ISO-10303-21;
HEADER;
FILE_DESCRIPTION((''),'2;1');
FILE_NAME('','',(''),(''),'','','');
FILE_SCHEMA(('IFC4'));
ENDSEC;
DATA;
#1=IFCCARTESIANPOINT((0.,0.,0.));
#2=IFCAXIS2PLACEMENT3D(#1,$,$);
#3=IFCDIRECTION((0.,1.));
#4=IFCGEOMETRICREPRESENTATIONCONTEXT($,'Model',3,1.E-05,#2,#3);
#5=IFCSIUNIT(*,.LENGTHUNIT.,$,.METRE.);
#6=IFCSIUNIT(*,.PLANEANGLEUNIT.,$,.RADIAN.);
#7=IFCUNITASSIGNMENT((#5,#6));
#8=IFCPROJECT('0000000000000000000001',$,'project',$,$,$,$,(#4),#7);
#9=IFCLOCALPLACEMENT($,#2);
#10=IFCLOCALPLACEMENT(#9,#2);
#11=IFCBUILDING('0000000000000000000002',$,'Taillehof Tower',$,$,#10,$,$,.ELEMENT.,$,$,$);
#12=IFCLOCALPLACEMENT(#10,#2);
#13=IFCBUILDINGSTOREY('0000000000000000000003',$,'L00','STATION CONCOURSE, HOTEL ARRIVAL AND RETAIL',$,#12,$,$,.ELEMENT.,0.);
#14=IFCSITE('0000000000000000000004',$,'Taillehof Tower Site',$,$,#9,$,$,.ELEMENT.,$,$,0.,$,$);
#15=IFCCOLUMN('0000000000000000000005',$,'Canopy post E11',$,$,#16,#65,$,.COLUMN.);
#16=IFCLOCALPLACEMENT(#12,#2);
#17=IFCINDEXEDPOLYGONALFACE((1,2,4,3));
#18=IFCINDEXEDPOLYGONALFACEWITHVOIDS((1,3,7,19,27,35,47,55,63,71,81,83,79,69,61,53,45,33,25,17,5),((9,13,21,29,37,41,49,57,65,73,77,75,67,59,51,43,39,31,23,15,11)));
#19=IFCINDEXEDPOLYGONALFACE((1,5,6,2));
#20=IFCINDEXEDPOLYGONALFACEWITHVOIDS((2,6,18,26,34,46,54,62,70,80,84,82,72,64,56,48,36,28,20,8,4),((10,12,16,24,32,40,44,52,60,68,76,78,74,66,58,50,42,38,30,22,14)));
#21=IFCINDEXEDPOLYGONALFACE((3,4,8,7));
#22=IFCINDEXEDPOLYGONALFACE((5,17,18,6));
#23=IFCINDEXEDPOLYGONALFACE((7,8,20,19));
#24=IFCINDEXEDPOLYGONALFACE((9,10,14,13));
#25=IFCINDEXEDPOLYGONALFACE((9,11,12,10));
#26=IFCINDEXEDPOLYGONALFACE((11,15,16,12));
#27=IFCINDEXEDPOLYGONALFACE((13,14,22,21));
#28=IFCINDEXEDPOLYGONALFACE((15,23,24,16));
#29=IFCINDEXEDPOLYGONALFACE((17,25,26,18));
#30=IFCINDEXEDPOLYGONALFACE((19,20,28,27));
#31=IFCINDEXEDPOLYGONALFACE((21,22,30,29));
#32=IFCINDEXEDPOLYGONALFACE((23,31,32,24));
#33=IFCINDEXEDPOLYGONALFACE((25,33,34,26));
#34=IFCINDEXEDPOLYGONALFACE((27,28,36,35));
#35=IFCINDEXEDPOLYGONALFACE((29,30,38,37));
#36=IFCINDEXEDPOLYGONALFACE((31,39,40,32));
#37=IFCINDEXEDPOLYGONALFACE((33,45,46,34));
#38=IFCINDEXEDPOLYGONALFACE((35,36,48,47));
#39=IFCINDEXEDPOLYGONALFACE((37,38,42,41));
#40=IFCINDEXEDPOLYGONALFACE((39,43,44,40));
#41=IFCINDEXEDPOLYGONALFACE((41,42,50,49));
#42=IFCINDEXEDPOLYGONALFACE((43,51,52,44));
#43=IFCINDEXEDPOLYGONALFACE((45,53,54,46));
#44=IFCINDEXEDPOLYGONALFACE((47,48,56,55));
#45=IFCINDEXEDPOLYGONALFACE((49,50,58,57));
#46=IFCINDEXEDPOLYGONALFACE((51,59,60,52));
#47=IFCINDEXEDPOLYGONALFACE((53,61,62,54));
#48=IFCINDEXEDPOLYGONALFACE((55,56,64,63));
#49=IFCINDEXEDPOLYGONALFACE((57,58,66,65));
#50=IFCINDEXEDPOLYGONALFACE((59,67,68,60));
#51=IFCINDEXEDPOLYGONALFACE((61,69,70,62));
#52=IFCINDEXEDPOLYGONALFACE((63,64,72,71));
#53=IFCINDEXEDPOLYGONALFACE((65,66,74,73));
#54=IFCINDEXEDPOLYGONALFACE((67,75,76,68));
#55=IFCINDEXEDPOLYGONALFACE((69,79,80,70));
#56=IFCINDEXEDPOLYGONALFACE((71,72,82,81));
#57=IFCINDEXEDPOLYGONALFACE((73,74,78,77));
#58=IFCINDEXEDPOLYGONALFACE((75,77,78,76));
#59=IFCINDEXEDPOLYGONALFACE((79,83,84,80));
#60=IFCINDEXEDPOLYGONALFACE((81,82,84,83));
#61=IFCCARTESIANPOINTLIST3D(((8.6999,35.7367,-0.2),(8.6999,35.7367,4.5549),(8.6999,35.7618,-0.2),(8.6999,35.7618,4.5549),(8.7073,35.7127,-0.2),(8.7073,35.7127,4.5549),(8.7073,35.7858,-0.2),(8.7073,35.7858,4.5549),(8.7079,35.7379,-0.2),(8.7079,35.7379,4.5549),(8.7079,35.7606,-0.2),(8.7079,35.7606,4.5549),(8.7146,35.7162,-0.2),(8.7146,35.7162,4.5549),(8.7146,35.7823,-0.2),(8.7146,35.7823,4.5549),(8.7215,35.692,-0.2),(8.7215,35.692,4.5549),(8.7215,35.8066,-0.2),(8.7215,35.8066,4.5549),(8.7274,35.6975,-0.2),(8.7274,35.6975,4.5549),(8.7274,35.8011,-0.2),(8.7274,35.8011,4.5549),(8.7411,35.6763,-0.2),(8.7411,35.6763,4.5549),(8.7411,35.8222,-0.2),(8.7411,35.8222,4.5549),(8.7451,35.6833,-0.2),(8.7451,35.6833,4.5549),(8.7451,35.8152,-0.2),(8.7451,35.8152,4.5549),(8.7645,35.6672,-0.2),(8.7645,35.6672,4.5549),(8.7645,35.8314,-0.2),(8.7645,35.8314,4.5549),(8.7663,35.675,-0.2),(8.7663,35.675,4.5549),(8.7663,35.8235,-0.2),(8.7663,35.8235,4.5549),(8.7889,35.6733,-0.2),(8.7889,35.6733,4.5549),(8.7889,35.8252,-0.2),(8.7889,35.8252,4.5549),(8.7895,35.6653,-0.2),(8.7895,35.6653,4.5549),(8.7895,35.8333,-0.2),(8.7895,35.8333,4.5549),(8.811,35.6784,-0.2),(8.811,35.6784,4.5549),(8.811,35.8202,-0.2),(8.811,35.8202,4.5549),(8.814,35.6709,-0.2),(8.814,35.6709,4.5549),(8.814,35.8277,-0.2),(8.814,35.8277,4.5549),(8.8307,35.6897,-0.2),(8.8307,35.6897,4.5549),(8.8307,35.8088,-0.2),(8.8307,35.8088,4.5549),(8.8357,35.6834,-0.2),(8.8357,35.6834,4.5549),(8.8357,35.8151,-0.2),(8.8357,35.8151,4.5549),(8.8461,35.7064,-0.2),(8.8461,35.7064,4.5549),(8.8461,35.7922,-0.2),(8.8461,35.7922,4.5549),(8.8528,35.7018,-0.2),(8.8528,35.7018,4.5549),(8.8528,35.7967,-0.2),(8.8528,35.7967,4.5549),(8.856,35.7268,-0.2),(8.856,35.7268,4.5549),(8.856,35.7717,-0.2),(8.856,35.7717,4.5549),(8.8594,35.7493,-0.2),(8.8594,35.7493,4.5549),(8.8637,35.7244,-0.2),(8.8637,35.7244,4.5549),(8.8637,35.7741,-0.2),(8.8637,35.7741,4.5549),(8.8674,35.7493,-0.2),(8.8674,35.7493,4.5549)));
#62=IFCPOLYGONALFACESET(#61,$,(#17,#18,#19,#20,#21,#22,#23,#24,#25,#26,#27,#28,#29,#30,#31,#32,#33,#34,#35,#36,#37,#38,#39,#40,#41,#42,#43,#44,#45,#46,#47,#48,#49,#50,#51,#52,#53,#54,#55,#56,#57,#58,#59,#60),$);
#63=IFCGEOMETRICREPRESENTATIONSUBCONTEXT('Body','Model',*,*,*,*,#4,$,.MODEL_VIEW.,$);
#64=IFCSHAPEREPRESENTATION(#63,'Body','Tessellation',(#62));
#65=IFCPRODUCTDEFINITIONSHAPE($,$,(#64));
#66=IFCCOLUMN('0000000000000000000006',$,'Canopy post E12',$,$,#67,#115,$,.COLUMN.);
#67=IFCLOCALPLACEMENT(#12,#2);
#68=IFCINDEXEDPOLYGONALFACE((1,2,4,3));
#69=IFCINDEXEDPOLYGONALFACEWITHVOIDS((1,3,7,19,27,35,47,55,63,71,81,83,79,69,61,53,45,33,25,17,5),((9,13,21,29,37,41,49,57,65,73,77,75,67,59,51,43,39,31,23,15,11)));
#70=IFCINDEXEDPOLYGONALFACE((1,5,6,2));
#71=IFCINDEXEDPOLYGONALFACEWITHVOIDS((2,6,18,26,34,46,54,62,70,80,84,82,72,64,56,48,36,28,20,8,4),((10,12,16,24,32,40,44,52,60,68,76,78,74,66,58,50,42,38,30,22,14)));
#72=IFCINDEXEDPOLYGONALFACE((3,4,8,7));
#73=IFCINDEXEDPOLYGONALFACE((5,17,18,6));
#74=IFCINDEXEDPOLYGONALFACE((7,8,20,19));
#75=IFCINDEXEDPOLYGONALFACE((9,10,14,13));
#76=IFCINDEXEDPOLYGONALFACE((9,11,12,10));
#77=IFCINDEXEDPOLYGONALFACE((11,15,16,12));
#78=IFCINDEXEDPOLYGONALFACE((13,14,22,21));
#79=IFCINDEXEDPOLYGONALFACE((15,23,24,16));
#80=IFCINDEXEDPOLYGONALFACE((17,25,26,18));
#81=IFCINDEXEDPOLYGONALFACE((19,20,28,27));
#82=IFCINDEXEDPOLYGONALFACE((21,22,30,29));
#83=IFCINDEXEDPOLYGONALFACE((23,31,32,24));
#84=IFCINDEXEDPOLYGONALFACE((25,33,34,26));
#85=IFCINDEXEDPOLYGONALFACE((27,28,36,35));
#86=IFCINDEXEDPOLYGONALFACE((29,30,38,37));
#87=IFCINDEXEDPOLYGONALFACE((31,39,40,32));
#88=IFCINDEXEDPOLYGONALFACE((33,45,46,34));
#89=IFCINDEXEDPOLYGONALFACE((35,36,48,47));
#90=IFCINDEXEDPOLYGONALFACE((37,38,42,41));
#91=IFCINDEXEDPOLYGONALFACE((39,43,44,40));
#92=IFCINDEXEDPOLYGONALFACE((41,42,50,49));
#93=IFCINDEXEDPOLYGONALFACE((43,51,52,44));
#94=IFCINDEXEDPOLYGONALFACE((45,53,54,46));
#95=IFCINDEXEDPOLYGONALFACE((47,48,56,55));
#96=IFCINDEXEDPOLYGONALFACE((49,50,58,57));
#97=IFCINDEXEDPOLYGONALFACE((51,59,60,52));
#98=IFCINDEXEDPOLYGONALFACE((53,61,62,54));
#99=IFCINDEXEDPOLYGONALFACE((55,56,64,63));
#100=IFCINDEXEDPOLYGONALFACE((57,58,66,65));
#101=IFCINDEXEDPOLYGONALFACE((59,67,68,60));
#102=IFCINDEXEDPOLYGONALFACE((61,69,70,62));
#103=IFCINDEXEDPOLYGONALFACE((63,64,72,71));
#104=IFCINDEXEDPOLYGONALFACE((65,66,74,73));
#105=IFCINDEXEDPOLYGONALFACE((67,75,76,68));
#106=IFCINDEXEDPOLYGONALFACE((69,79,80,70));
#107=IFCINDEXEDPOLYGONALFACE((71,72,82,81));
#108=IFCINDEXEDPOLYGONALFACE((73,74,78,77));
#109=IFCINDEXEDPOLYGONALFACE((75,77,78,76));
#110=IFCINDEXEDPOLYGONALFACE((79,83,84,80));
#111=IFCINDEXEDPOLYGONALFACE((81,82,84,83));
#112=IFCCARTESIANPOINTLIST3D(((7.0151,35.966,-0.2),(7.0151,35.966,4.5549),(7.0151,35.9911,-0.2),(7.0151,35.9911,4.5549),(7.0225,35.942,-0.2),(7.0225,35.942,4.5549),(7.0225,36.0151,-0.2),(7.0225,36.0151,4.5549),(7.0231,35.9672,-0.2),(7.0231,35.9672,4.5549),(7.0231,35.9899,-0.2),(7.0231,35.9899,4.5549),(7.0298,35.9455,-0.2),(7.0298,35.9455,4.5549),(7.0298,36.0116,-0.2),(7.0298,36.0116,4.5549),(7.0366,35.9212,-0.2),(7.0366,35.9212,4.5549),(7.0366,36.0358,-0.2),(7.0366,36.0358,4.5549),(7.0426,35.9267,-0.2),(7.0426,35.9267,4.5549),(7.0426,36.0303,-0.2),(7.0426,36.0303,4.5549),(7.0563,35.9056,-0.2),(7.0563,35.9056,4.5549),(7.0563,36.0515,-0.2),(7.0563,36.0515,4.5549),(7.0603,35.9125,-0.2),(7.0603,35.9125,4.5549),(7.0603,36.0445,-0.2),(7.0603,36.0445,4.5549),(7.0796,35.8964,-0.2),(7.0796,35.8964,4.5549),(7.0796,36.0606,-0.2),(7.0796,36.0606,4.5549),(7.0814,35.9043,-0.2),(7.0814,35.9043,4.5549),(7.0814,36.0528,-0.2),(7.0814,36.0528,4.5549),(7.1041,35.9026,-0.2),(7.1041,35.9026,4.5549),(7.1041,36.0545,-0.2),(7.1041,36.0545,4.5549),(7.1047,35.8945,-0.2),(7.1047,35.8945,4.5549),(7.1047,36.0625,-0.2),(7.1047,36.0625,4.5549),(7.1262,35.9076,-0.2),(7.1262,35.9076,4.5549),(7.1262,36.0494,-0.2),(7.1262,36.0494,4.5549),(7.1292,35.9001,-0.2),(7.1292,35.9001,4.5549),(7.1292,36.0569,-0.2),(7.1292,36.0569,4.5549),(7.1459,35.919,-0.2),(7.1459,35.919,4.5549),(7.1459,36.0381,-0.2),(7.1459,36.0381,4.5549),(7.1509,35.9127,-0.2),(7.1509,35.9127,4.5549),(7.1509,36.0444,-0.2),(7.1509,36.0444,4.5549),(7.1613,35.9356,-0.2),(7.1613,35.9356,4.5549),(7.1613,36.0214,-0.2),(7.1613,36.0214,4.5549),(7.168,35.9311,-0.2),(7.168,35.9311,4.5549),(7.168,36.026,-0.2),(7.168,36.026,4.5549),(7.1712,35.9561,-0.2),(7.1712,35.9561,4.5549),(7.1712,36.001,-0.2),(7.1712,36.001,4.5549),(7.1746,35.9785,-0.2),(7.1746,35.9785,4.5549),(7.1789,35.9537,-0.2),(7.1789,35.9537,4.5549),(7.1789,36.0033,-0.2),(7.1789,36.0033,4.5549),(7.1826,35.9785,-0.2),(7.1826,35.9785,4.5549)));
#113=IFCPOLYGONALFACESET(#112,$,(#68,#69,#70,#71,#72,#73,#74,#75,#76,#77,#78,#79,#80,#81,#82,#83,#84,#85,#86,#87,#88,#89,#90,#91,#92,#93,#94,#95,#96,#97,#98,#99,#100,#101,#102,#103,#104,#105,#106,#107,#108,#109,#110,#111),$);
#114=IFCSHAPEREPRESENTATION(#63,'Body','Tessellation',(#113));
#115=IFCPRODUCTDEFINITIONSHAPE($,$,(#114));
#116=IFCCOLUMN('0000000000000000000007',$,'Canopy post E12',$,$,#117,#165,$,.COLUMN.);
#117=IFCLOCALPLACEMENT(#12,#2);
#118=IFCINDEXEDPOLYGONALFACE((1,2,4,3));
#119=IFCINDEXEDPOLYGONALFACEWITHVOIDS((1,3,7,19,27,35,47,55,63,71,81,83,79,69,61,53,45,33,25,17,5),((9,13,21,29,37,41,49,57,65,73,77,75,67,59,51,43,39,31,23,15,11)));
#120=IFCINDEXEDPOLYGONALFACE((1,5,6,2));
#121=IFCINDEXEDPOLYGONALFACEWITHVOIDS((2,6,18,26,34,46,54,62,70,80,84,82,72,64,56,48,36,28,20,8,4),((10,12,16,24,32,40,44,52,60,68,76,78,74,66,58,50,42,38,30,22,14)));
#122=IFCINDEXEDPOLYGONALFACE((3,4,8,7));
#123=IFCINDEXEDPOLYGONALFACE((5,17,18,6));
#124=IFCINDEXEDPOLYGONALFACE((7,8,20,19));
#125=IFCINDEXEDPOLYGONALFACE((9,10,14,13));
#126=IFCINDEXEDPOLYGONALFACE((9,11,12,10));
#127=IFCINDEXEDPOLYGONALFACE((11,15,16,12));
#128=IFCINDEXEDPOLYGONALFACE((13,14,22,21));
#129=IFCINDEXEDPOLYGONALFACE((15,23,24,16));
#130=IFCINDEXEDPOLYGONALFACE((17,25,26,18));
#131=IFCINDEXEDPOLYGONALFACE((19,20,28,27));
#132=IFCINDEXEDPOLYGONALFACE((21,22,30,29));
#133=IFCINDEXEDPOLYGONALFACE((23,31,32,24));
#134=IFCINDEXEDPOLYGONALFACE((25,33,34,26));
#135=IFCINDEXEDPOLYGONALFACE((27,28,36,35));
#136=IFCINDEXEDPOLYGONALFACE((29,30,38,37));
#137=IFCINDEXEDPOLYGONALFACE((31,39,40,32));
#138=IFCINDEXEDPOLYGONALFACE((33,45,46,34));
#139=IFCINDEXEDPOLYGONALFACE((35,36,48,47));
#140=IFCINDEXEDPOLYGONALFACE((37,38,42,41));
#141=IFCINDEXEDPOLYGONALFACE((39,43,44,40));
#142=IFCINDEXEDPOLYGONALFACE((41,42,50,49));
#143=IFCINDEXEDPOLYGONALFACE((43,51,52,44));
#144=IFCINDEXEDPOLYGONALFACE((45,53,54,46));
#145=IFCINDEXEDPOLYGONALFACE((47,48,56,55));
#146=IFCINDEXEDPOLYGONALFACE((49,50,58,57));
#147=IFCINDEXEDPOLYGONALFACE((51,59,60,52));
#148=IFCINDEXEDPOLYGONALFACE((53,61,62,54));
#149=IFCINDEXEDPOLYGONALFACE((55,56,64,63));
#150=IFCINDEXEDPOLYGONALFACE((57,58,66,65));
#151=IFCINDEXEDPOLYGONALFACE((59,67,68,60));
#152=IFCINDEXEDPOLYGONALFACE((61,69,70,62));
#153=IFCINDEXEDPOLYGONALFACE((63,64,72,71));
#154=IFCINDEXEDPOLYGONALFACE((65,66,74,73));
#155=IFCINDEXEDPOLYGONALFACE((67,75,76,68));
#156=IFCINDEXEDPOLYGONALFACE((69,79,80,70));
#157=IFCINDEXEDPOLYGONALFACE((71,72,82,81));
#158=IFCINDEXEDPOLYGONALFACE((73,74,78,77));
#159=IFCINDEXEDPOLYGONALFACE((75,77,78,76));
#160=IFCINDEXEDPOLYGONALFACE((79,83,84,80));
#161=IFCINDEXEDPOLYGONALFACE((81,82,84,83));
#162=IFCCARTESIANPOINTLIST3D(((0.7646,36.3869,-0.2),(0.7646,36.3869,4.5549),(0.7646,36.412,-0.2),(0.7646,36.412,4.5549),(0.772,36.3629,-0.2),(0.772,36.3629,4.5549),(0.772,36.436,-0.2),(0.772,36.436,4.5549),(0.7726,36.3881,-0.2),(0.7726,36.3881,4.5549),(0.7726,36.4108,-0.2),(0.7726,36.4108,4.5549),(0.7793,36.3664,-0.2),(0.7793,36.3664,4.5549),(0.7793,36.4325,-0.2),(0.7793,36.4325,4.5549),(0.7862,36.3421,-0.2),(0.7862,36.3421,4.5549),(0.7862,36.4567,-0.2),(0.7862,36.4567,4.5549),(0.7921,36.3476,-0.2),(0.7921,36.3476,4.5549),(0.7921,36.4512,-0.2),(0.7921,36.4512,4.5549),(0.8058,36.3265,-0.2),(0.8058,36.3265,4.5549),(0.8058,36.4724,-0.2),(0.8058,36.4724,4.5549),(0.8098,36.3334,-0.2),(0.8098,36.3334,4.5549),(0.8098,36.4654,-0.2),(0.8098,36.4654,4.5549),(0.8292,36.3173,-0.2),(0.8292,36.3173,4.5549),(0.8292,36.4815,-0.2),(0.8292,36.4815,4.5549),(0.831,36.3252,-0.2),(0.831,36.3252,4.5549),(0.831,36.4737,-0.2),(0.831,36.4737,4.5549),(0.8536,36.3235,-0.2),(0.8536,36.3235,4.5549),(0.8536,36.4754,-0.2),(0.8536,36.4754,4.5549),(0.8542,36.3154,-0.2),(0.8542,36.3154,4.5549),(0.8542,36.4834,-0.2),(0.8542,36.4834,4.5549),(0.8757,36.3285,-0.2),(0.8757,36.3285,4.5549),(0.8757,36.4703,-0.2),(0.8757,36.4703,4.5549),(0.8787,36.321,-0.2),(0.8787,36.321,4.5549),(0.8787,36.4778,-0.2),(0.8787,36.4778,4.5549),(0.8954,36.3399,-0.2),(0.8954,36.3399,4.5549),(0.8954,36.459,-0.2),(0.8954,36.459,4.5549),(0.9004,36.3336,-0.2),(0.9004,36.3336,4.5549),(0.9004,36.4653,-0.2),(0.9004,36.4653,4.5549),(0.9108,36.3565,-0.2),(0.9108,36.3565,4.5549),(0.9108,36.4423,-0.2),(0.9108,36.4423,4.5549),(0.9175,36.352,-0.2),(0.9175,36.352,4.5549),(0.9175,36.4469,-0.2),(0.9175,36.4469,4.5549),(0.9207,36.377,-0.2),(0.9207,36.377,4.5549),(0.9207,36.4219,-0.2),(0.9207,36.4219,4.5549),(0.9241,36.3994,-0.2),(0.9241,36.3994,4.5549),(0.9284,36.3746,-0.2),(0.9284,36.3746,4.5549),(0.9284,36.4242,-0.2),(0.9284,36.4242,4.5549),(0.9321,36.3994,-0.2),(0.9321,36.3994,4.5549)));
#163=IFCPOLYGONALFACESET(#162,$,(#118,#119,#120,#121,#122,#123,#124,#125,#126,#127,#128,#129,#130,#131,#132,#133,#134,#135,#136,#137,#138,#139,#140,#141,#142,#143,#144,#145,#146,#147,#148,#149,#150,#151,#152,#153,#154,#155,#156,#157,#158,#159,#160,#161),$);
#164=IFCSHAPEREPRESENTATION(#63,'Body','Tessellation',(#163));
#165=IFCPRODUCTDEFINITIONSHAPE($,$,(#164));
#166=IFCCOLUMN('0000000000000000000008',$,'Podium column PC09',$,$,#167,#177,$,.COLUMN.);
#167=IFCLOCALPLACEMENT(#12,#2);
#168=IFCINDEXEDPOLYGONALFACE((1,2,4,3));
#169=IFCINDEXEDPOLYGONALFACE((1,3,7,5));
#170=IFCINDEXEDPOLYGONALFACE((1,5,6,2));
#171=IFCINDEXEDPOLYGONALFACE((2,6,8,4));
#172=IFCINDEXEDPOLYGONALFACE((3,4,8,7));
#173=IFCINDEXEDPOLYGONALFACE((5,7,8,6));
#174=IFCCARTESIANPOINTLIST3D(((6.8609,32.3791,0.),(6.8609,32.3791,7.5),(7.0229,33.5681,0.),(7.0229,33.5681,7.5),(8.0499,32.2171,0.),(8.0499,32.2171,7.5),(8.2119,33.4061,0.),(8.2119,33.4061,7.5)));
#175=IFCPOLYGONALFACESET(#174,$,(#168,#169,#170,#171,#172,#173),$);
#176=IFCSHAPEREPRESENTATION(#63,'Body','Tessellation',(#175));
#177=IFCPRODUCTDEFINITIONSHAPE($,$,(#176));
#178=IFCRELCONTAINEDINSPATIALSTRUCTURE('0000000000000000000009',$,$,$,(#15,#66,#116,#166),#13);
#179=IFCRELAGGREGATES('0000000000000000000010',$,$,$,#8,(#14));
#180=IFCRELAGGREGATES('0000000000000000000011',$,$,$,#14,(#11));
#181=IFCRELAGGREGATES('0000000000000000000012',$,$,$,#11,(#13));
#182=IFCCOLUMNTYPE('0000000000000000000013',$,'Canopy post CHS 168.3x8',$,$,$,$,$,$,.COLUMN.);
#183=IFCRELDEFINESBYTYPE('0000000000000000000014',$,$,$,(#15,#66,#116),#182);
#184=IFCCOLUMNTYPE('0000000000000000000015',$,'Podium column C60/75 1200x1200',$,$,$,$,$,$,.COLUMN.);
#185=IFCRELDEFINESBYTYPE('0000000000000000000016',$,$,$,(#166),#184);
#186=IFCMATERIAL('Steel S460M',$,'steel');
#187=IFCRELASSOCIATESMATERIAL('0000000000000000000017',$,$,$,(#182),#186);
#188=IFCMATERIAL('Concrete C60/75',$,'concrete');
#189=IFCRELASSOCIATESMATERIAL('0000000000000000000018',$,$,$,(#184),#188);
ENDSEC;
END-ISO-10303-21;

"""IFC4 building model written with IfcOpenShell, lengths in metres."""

from ifc_helpers import new_model, si_unit, direction, frame, origin, origin_2d, place, context, subcontext, project, spatial, rectangle, hollow_circle, extrude, material, material_profile, profile_set, type_object, element, save


model = new_model("IFC4")

# Units and contexts
model_context = context("Model", 3, precision=1e-05, world=origin(), true_north=direction((0.0, 1.0)))
body_context = subcontext(model_context, "Body", "Model", "MODEL_VIEW")
ifc_project = project(units=[si_unit("LENGTHUNIT", "METRE"), si_unit("PLANEANGLEUNIT", "RADIAN")], contexts=[model_context])

# Site, building, storey
site_placement = place(None, origin())
site = spatial("IfcSite", under=ifc_project, at=site_placement, Name="Taillehof Tower Site", CompositionType="ELEMENT", RefElevation=0.0)
building_placement = place(site_placement, origin())
building = spatial("IfcBuilding", under=site, at=building_placement, Name="Taillehof Tower", CompositionType="ELEMENT")
storey_placement = place(building_placement, origin())
storey = spatial("IfcBuildingStorey", under=building, at=storey_placement, Name="L00", Description="STATION CONCOURSE, HOTEL ARRIVAL AND RETAIL", CompositionType="ELEMENT", Elevation=0.0)

# Columns
ifc_material_1 = material(Name="Steel S460M", Category="steel")
ifc_material_profile_1 = material_profile(ifc_material_1, hollow_circle(Radius=0.0842, WallThickness=0.0081, at=origin_2d()), Name="CHS 168.3x8")
ifc_profile_set_1 = profile_set([ifc_material_profile_1], Name="Steel S460M")
column_type_1 = type_object("IfcColumnType", Name="Canopy post CHS 168.3x8", PredefinedType="COLUMN", material=ifc_profile_set_1)
for number, where, z_axis, x_axis, name in (
    (1, (8.7832, 35.7493, -0.2), (0.0, 0.0, 1.0), (1.0, 0.0, 0.0), "Canopy post E11"),
    (2, (7.0984, 35.9785, -0.2), (0.0, 0.0, 1.0), (1.0, 0.0, 0.0), "Canopy post E12"),
    (3, (0.8479, 36.3994, -0.2), (0.0, 0.0, 1.0), (1.0, 0.0, 0.0), "Canopy post E12"),
):
    element("IfcColumn", number, at=place(storey_placement, frame(where, z_axis=z_axis, x_axis=x_axis)), inside=storey, type_object=column_type_1, Name=name, PredefinedType="COLUMN", context=body_context, shape_type="SweptSolid", body=[
        extrude(hollow_circle(Radius=0.0842, WallThickness=0.0081, at=origin_2d()), origin(), (0.0, 0.0, 1.0), 4.7549),
    ])
ifc_material_2 = material(Name="Concrete C60/75", Category="concrete")
ifc_material_profile_2 = material_profile(ifc_material_2, rectangle(XDim=1.2, YDim=1.2, at=origin_2d()), Name="RC 1200x1200")
ifc_profile_set_2 = profile_set([ifc_material_profile_2], Name="Concrete C60/75")
column_type_2 = type_object("IfcColumnType", Name="Podium column C60/75 1200x1200", PredefinedType="COLUMN", material=ifc_profile_set_2)
column_placement = place(storey_placement, frame((7.5364, 32.8926, 0.0), z_axis=(0.0, 0.0, 1.0), x_axis=(0.135005, 0.990845, 0.0)))
element("IfcColumn", 4, at=column_placement, inside=storey, type_object=column_type_2, Name="Podium column PC09", PredefinedType="COLUMN", context=body_context, shape_type="SweptSolid", body=[
    extrude(rectangle(XDim=1.2, YDim=1.2, at=origin_2d()), origin(), (0.0, 0.0, 1.0), 7.5),
])

save(model, "model.ifc")
